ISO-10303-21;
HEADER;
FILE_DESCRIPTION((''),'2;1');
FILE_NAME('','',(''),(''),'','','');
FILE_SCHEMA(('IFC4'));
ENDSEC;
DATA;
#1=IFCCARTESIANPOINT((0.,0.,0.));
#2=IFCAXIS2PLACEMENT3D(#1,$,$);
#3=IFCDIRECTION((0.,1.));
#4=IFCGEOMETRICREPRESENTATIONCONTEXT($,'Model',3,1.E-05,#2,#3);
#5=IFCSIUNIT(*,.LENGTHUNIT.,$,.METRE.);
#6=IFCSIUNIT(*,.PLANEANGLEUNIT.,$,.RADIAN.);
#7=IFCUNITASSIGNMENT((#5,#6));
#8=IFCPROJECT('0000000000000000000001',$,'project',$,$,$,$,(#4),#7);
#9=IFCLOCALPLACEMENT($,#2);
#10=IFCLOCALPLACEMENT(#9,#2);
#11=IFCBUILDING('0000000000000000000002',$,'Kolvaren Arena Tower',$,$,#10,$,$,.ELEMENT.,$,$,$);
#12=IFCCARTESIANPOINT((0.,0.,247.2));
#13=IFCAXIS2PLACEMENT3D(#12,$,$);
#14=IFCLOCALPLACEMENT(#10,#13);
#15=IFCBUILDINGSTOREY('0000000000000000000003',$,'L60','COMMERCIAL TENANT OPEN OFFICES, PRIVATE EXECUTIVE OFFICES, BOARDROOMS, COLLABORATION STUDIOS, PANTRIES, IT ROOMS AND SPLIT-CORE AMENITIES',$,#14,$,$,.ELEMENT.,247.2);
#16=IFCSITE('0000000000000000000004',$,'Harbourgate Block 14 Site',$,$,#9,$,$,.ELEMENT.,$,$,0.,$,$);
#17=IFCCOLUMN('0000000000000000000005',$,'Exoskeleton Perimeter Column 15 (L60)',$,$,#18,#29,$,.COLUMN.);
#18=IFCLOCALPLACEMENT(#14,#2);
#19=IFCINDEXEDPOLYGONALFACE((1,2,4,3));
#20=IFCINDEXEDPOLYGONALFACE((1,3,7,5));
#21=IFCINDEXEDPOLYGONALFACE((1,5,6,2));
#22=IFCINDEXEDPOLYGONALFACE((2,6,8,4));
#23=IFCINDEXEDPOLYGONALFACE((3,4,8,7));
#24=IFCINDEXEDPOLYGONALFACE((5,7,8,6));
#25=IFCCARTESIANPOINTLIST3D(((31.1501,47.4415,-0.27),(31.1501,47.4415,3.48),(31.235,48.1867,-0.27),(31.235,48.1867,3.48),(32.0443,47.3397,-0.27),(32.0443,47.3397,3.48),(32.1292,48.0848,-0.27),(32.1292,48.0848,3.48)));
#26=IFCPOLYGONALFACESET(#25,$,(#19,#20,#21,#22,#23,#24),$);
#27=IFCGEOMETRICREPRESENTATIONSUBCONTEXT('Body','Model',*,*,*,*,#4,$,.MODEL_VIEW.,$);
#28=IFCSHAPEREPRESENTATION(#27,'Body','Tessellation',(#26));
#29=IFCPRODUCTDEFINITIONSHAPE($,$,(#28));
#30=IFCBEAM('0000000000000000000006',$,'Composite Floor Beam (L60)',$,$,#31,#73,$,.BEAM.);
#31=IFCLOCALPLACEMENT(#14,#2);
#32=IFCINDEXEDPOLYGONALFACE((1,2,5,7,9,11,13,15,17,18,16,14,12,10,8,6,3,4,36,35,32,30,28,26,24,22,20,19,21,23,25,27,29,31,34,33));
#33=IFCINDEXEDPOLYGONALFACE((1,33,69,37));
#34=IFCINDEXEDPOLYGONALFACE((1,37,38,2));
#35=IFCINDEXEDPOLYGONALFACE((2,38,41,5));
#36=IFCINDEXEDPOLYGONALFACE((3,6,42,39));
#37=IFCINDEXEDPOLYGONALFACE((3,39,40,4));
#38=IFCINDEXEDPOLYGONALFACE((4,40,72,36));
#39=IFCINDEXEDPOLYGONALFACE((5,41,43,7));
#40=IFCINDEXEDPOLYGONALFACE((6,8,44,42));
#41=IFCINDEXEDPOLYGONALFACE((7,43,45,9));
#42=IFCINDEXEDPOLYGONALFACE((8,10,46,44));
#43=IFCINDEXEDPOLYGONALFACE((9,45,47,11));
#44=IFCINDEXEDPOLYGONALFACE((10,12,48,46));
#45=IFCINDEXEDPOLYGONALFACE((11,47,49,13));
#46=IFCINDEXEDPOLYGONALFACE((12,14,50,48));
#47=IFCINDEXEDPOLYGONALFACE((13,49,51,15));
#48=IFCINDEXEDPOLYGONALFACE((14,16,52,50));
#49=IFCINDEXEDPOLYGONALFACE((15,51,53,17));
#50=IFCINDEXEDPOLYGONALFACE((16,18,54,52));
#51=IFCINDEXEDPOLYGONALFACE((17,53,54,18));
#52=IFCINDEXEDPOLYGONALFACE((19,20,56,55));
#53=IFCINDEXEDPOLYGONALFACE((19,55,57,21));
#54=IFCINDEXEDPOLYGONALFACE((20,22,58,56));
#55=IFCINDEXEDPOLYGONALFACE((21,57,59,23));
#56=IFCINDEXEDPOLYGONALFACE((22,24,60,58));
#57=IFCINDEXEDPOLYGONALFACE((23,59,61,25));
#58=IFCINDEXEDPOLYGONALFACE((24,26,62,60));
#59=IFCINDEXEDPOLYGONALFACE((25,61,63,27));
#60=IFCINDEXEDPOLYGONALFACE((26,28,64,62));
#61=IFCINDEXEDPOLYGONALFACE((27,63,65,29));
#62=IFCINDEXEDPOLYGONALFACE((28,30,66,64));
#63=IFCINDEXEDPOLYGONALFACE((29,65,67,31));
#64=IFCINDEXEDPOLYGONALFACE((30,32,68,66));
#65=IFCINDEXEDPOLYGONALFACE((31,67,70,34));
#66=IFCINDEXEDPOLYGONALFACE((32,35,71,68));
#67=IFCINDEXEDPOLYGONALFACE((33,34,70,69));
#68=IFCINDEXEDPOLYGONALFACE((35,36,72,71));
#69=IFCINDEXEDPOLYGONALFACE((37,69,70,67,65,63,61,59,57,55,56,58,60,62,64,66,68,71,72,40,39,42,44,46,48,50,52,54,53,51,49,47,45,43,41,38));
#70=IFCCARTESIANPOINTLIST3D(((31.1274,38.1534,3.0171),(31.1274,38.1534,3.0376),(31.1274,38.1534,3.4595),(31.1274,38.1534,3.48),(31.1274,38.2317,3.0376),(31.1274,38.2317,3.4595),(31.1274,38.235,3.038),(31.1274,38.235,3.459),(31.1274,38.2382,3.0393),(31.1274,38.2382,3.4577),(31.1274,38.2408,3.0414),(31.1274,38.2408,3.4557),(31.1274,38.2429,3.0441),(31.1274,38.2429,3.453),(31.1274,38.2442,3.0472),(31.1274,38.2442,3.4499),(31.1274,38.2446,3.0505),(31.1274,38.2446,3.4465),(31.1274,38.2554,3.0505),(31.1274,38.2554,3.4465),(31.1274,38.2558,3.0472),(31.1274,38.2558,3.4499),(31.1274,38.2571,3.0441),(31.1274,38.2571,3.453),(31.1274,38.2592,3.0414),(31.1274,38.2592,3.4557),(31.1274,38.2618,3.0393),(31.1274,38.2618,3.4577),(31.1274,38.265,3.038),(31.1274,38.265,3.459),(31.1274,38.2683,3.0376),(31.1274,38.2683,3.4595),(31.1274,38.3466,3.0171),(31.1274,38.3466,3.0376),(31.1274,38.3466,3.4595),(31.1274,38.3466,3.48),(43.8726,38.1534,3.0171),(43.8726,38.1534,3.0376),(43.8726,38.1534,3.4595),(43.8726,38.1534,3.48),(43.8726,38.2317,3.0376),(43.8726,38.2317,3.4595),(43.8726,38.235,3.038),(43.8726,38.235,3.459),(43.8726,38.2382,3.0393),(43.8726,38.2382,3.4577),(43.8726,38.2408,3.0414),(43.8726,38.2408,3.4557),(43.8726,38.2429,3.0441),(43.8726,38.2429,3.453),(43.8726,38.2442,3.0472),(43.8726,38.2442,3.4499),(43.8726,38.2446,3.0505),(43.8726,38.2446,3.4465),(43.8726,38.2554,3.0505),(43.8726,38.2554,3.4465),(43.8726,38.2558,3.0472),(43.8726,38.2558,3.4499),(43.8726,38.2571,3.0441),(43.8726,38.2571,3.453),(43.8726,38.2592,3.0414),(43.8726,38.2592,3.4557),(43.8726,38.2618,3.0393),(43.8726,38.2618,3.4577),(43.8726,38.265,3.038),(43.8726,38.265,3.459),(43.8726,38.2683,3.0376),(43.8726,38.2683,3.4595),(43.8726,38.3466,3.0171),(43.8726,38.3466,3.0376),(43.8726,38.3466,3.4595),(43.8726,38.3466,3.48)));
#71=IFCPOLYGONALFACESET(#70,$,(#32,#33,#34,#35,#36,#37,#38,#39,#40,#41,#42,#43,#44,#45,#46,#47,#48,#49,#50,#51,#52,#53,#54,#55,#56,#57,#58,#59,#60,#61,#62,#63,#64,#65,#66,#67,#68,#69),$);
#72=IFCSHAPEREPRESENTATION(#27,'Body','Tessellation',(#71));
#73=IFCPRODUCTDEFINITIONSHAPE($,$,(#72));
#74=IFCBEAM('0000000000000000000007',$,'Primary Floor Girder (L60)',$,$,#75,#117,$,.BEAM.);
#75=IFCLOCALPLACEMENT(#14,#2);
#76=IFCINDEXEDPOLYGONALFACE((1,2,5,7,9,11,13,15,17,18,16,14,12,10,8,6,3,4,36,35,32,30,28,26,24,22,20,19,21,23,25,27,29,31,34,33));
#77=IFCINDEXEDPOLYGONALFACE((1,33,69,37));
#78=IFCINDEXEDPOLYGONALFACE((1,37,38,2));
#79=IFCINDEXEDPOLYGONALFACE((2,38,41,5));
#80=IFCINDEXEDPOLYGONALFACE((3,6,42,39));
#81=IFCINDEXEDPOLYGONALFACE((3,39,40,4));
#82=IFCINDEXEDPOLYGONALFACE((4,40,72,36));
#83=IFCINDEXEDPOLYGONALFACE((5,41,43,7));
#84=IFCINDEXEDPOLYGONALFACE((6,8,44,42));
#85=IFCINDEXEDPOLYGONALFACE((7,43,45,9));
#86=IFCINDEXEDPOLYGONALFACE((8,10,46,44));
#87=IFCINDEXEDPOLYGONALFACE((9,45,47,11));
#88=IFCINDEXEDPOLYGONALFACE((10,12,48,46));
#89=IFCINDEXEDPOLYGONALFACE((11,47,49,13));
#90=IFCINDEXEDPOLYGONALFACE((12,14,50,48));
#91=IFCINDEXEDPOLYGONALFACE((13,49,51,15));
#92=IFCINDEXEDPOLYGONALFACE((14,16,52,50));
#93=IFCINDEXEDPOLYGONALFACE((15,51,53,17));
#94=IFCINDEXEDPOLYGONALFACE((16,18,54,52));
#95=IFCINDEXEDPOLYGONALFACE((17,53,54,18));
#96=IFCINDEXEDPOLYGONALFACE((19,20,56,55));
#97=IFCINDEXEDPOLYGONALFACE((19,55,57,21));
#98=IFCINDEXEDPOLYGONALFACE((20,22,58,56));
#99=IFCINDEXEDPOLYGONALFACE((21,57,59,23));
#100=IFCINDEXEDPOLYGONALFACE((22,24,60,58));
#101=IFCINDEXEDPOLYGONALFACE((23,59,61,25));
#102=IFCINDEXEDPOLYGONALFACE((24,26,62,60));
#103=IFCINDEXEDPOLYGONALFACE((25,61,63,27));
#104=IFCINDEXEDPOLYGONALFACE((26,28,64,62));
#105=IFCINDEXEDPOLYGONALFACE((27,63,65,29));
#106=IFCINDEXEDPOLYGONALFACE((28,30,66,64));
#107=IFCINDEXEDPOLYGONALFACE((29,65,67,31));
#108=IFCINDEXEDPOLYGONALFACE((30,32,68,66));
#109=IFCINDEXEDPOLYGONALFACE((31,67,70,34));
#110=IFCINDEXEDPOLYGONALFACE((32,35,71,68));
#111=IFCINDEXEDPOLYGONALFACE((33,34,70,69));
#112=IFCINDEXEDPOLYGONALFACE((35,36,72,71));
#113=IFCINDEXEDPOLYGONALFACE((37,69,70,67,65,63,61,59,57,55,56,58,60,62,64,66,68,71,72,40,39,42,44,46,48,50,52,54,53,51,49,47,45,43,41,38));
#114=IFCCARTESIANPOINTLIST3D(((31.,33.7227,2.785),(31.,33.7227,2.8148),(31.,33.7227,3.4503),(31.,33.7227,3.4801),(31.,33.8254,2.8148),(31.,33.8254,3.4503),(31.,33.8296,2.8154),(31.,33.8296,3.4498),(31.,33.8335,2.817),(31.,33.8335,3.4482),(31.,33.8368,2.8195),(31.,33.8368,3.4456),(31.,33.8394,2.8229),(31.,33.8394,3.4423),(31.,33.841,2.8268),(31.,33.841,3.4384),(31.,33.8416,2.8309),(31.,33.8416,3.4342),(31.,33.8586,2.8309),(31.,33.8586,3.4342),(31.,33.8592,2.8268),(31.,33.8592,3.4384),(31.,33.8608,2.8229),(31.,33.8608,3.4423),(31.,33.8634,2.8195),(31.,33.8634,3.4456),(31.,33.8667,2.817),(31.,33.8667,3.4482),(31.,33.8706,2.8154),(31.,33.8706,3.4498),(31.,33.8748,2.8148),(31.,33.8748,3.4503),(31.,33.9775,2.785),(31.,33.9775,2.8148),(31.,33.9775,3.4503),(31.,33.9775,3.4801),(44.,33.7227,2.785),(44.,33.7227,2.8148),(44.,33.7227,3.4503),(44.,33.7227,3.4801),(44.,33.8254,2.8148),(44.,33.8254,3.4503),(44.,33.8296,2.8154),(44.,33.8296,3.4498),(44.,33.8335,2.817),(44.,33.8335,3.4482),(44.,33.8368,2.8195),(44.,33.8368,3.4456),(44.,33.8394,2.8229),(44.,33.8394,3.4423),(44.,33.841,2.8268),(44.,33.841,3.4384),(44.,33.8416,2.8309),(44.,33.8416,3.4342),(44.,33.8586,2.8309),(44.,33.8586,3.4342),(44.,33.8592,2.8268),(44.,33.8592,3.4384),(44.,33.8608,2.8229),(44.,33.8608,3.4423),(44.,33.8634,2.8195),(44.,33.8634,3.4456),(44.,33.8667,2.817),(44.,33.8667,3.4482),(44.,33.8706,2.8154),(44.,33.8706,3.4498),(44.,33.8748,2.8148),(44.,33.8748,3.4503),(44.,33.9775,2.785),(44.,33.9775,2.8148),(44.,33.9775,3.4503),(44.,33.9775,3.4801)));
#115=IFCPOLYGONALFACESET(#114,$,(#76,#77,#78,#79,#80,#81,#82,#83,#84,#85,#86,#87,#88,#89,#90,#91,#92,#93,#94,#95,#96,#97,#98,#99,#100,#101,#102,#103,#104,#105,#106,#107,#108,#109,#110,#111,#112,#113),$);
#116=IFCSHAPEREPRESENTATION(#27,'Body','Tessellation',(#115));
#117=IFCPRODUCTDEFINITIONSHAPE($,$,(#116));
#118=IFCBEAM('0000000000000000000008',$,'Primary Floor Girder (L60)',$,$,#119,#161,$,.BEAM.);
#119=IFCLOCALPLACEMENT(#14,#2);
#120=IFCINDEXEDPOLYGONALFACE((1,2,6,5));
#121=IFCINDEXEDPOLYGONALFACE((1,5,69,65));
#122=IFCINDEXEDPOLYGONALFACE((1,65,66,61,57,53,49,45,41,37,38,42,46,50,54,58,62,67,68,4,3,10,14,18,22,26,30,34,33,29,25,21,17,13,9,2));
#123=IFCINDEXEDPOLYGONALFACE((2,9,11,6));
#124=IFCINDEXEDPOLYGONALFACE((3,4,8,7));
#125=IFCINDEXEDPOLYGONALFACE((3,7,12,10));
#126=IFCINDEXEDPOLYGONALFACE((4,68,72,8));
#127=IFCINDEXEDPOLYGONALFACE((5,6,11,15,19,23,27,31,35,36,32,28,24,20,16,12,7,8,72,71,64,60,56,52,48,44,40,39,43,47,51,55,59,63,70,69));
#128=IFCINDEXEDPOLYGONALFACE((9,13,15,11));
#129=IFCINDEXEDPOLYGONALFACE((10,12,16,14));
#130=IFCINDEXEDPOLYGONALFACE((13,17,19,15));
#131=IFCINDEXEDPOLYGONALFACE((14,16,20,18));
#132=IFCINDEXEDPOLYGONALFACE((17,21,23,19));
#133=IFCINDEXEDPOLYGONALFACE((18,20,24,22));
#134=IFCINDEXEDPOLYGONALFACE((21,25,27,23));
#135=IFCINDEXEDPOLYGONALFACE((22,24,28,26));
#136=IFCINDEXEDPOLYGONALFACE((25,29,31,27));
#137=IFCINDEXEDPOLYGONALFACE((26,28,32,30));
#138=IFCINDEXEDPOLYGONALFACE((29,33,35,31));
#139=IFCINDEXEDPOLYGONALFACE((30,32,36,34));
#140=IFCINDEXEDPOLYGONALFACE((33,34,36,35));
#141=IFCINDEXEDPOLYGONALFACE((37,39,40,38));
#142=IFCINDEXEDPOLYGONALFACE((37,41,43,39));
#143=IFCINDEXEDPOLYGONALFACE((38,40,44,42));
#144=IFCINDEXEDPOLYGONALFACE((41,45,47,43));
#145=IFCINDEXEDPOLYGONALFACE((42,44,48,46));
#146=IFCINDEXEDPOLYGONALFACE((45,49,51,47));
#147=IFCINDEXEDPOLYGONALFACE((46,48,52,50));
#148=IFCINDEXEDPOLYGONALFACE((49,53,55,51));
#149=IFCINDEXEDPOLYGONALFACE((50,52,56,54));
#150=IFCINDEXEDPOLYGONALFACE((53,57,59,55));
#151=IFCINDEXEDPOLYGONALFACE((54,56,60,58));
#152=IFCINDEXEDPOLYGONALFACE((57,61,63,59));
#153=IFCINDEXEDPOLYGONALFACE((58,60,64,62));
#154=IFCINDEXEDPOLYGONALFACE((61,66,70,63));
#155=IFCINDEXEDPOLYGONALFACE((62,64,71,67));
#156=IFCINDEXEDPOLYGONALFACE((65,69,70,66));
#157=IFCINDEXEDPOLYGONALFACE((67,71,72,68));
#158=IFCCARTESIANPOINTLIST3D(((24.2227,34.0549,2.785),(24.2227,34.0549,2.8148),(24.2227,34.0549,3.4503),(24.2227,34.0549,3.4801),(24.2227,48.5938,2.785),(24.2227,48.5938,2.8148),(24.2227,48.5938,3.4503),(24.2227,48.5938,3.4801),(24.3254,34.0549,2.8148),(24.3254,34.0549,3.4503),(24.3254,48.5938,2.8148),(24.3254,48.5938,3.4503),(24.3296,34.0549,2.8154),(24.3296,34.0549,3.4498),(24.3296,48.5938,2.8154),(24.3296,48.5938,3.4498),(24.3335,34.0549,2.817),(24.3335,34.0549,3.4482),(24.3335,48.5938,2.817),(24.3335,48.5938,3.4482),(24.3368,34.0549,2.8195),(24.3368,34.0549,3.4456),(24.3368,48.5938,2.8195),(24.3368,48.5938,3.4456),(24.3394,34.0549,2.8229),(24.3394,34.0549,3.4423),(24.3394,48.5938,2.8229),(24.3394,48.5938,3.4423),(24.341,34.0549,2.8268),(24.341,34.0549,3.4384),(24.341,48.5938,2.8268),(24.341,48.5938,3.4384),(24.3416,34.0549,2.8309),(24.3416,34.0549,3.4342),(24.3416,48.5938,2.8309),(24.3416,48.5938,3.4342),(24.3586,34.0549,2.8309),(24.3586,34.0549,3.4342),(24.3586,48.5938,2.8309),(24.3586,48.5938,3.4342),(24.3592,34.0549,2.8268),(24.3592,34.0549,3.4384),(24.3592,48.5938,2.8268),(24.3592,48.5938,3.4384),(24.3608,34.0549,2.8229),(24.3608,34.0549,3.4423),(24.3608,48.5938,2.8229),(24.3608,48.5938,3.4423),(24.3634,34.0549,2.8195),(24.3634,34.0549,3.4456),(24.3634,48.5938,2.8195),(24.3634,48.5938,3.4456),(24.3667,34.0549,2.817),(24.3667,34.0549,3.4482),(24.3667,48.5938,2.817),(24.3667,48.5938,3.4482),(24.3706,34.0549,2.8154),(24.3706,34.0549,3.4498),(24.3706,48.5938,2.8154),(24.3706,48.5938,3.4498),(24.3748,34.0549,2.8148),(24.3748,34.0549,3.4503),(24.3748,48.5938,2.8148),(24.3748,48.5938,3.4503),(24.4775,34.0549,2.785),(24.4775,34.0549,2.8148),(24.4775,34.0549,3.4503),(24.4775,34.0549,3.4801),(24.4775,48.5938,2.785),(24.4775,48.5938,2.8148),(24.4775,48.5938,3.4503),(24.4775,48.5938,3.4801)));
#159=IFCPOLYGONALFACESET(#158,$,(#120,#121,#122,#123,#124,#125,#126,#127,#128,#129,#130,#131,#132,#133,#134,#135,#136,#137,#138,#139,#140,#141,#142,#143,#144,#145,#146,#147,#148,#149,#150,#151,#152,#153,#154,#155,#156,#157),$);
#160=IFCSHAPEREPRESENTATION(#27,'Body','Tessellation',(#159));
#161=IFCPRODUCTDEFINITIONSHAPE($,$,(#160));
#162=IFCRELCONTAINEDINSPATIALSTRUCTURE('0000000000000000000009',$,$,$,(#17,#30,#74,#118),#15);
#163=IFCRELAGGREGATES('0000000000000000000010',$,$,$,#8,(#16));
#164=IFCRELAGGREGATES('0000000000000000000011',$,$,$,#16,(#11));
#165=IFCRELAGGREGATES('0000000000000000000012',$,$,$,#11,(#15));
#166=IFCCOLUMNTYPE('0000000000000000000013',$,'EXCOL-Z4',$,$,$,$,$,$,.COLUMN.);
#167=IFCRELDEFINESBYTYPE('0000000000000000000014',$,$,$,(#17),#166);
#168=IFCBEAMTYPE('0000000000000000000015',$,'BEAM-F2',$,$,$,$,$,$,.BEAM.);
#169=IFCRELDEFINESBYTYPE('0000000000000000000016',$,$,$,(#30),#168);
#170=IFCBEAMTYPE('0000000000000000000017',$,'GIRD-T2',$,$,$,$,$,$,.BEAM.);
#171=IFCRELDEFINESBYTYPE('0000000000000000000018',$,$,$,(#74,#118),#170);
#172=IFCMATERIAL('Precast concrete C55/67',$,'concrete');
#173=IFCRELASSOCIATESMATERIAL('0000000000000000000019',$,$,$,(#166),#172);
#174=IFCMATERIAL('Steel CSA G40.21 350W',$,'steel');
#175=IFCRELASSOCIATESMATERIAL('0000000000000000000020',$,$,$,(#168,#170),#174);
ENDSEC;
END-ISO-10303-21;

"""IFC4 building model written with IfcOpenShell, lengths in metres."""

from ifc_helpers import new_model, si_unit, direction, frame, origin, origin_2d, place, context, subcontext, project, spatial, rectangle, i_section, extrude, material, material_profile, profile_set, type_object, element, save


model = new_model("IFC4")

# Units and contexts
model_context = context("Model", 3, precision=1e-05, world=origin(), true_north=direction((0.0, 1.0)))
body_context = subcontext(model_context, "Body", "Model", "MODEL_VIEW")
ifc_project = project(units=[si_unit("LENGTHUNIT", "METRE"), si_unit("PLANEANGLEUNIT", "RADIAN")], contexts=[model_context])

# Site, building, storey
site_placement = place(None, origin())
site = spatial("IfcSite", under=ifc_project, at=site_placement, Name="Harbourgate Block 14 Site", CompositionType="ELEMENT", RefElevation=0.0)
building_placement = place(site_placement, origin())
building = spatial("IfcBuilding", under=site, at=building_placement, Name="Kolvaren Arena Tower", CompositionType="ELEMENT")
storey_placement = place(building_placement, frame((0.0, 0.0, 247.2)))
storey = spatial("IfcBuildingStorey", under=building, at=storey_placement, Name="L60", Description="COMMERCIAL TENANT OPEN OFFICES, PRIVATE EXECUTIVE OFFICES, BOARDROOMS, COLLABORATION STUDIOS, PANTRIES, IT ROOMS AND SPLIT-CORE AMENITIES", CompositionType="ELEMENT", Elevation=247.2)

# Column
ifc_material_1 = material(Name="Precast concrete C55/67", Category="concrete")
ifc_material_profile_1 = material_profile(ifc_material_1, rectangle(XDim=0.8999, YDim=0.75, at=origin_2d()), Name="RC-900x750")
ifc_profile_set_1 = profile_set([ifc_material_profile_1], Name="Precast concrete C55/67")
column_type = type_object("IfcColumnType", Name="EXCOL-Z4", PredefinedType="COLUMN", material=ifc_profile_set_1)
column_placement = place(storey_placement, frame((31.6396, 47.7632, -0.27), z_axis=(0.0, 0.0, 1.0), x_axis=(0.993572, -0.113203, 0.0)))
element("IfcColumn", 1, at=column_placement, inside=storey, type_object=column_type, Name="Exoskeleton Perimeter Column 15 (L60)", PredefinedType="COLUMN", context=body_context, shape_type="SweptSolid", body=[
    extrude(rectangle(XDim=0.8999, YDim=0.75, at=origin_2d()), origin(), (0.0, 0.0, 1.0), 3.75),
])

# Beams
ifc_material_2 = material(Name="Steel CSA G40.21 350W", Category="steel")
ifc_material_profile_2 = material_profile(ifc_material_2, i_section(OverallWidth=0.1931, OverallDepth=0.4629, WebThickness=0.0107, FlangeThickness=0.0205, FilletRadius=0.0129, at=origin_2d()), Name="W460x113")
ifc_profile_set_2 = profile_set([ifc_material_profile_2], Name="Steel CSA G40.21 350W")
beam_type_1 = type_object("IfcBeamType", Name="BEAM-F2", PredefinedType="BEAM", material=ifc_profile_set_2)
beam_1_placement = place(storey_placement, frame((31.1274, 38.25, 3.2485), z_axis=(1.0, 0.0, 0.0), x_axis=(0.0, 1.0, 0.0)))
element("IfcBeam", 2, at=beam_1_placement, inside=storey, type_object=beam_type_1, Name="Composite Floor Beam (L60)", PredefinedType="BEAM", context=body_context, shape_type="SweptSolid", body=[
    extrude(i_section(OverallWidth=0.1931, OverallDepth=0.4629, WebThickness=0.0107, FlangeThickness=0.0205, FilletRadius=0.0129, at=origin_2d()), origin(), (0.0, 0.0, 1.0), 12.7451),
])
ifc_material_profile_3 = material_profile(ifc_material_2, i_section(OverallWidth=0.2549, OverallDepth=0.6951, WebThickness=0.0171, FlangeThickness=0.0298, FilletRadius=0.0161, at=origin_2d()), Name="W690x217")
ifc_profile_set_3 = profile_set([ifc_material_profile_3], Name="Steel CSA G40.21 350W")
beam_type_2 = type_object("IfcBeamType", Name="GIRD-T2", PredefinedType="BEAM", material=ifc_profile_set_3)
beam_2_placement = place(storey_placement, frame((31.0, 33.8501, 3.1326), z_axis=(1.0, 0.0, 0.0), x_axis=(0.0, 1.0, 0.0)))
element("IfcBeam", 3, at=beam_2_placement, inside=storey, type_object=beam_type_2, Name="Primary Floor Girder (L60)", PredefinedType="BEAM", context=body_context, shape_type="SweptSolid", body=[
    extrude(i_section(OverallWidth=0.2549, OverallDepth=0.6951, WebThickness=0.0171, FlangeThickness=0.0298, FilletRadius=0.0161, at=origin_2d()), origin(), (0.0, 0.0, 1.0), 13.0),
])
beam_3_placement = place(storey_placement, frame((24.3501, 34.0549, 3.1326), z_axis=(0.0, 1.0, 0.0), x_axis=(-1.0, 0.0, 0.0)))
element("IfcBeam", 4, at=beam_3_placement, inside=storey, type_object=beam_type_2, Name="Primary Floor Girder (L60)", PredefinedType="BEAM", context=body_context, shape_type="SweptSolid", body=[
    extrude(i_section(OverallWidth=0.2549, OverallDepth=0.6951, WebThickness=0.0171, FlangeThickness=0.0298, FilletRadius=0.0161, at=origin_2d()), origin(), (0.0, 0.0, 1.0), 14.5388),
])

save(model, "model.ifc")
